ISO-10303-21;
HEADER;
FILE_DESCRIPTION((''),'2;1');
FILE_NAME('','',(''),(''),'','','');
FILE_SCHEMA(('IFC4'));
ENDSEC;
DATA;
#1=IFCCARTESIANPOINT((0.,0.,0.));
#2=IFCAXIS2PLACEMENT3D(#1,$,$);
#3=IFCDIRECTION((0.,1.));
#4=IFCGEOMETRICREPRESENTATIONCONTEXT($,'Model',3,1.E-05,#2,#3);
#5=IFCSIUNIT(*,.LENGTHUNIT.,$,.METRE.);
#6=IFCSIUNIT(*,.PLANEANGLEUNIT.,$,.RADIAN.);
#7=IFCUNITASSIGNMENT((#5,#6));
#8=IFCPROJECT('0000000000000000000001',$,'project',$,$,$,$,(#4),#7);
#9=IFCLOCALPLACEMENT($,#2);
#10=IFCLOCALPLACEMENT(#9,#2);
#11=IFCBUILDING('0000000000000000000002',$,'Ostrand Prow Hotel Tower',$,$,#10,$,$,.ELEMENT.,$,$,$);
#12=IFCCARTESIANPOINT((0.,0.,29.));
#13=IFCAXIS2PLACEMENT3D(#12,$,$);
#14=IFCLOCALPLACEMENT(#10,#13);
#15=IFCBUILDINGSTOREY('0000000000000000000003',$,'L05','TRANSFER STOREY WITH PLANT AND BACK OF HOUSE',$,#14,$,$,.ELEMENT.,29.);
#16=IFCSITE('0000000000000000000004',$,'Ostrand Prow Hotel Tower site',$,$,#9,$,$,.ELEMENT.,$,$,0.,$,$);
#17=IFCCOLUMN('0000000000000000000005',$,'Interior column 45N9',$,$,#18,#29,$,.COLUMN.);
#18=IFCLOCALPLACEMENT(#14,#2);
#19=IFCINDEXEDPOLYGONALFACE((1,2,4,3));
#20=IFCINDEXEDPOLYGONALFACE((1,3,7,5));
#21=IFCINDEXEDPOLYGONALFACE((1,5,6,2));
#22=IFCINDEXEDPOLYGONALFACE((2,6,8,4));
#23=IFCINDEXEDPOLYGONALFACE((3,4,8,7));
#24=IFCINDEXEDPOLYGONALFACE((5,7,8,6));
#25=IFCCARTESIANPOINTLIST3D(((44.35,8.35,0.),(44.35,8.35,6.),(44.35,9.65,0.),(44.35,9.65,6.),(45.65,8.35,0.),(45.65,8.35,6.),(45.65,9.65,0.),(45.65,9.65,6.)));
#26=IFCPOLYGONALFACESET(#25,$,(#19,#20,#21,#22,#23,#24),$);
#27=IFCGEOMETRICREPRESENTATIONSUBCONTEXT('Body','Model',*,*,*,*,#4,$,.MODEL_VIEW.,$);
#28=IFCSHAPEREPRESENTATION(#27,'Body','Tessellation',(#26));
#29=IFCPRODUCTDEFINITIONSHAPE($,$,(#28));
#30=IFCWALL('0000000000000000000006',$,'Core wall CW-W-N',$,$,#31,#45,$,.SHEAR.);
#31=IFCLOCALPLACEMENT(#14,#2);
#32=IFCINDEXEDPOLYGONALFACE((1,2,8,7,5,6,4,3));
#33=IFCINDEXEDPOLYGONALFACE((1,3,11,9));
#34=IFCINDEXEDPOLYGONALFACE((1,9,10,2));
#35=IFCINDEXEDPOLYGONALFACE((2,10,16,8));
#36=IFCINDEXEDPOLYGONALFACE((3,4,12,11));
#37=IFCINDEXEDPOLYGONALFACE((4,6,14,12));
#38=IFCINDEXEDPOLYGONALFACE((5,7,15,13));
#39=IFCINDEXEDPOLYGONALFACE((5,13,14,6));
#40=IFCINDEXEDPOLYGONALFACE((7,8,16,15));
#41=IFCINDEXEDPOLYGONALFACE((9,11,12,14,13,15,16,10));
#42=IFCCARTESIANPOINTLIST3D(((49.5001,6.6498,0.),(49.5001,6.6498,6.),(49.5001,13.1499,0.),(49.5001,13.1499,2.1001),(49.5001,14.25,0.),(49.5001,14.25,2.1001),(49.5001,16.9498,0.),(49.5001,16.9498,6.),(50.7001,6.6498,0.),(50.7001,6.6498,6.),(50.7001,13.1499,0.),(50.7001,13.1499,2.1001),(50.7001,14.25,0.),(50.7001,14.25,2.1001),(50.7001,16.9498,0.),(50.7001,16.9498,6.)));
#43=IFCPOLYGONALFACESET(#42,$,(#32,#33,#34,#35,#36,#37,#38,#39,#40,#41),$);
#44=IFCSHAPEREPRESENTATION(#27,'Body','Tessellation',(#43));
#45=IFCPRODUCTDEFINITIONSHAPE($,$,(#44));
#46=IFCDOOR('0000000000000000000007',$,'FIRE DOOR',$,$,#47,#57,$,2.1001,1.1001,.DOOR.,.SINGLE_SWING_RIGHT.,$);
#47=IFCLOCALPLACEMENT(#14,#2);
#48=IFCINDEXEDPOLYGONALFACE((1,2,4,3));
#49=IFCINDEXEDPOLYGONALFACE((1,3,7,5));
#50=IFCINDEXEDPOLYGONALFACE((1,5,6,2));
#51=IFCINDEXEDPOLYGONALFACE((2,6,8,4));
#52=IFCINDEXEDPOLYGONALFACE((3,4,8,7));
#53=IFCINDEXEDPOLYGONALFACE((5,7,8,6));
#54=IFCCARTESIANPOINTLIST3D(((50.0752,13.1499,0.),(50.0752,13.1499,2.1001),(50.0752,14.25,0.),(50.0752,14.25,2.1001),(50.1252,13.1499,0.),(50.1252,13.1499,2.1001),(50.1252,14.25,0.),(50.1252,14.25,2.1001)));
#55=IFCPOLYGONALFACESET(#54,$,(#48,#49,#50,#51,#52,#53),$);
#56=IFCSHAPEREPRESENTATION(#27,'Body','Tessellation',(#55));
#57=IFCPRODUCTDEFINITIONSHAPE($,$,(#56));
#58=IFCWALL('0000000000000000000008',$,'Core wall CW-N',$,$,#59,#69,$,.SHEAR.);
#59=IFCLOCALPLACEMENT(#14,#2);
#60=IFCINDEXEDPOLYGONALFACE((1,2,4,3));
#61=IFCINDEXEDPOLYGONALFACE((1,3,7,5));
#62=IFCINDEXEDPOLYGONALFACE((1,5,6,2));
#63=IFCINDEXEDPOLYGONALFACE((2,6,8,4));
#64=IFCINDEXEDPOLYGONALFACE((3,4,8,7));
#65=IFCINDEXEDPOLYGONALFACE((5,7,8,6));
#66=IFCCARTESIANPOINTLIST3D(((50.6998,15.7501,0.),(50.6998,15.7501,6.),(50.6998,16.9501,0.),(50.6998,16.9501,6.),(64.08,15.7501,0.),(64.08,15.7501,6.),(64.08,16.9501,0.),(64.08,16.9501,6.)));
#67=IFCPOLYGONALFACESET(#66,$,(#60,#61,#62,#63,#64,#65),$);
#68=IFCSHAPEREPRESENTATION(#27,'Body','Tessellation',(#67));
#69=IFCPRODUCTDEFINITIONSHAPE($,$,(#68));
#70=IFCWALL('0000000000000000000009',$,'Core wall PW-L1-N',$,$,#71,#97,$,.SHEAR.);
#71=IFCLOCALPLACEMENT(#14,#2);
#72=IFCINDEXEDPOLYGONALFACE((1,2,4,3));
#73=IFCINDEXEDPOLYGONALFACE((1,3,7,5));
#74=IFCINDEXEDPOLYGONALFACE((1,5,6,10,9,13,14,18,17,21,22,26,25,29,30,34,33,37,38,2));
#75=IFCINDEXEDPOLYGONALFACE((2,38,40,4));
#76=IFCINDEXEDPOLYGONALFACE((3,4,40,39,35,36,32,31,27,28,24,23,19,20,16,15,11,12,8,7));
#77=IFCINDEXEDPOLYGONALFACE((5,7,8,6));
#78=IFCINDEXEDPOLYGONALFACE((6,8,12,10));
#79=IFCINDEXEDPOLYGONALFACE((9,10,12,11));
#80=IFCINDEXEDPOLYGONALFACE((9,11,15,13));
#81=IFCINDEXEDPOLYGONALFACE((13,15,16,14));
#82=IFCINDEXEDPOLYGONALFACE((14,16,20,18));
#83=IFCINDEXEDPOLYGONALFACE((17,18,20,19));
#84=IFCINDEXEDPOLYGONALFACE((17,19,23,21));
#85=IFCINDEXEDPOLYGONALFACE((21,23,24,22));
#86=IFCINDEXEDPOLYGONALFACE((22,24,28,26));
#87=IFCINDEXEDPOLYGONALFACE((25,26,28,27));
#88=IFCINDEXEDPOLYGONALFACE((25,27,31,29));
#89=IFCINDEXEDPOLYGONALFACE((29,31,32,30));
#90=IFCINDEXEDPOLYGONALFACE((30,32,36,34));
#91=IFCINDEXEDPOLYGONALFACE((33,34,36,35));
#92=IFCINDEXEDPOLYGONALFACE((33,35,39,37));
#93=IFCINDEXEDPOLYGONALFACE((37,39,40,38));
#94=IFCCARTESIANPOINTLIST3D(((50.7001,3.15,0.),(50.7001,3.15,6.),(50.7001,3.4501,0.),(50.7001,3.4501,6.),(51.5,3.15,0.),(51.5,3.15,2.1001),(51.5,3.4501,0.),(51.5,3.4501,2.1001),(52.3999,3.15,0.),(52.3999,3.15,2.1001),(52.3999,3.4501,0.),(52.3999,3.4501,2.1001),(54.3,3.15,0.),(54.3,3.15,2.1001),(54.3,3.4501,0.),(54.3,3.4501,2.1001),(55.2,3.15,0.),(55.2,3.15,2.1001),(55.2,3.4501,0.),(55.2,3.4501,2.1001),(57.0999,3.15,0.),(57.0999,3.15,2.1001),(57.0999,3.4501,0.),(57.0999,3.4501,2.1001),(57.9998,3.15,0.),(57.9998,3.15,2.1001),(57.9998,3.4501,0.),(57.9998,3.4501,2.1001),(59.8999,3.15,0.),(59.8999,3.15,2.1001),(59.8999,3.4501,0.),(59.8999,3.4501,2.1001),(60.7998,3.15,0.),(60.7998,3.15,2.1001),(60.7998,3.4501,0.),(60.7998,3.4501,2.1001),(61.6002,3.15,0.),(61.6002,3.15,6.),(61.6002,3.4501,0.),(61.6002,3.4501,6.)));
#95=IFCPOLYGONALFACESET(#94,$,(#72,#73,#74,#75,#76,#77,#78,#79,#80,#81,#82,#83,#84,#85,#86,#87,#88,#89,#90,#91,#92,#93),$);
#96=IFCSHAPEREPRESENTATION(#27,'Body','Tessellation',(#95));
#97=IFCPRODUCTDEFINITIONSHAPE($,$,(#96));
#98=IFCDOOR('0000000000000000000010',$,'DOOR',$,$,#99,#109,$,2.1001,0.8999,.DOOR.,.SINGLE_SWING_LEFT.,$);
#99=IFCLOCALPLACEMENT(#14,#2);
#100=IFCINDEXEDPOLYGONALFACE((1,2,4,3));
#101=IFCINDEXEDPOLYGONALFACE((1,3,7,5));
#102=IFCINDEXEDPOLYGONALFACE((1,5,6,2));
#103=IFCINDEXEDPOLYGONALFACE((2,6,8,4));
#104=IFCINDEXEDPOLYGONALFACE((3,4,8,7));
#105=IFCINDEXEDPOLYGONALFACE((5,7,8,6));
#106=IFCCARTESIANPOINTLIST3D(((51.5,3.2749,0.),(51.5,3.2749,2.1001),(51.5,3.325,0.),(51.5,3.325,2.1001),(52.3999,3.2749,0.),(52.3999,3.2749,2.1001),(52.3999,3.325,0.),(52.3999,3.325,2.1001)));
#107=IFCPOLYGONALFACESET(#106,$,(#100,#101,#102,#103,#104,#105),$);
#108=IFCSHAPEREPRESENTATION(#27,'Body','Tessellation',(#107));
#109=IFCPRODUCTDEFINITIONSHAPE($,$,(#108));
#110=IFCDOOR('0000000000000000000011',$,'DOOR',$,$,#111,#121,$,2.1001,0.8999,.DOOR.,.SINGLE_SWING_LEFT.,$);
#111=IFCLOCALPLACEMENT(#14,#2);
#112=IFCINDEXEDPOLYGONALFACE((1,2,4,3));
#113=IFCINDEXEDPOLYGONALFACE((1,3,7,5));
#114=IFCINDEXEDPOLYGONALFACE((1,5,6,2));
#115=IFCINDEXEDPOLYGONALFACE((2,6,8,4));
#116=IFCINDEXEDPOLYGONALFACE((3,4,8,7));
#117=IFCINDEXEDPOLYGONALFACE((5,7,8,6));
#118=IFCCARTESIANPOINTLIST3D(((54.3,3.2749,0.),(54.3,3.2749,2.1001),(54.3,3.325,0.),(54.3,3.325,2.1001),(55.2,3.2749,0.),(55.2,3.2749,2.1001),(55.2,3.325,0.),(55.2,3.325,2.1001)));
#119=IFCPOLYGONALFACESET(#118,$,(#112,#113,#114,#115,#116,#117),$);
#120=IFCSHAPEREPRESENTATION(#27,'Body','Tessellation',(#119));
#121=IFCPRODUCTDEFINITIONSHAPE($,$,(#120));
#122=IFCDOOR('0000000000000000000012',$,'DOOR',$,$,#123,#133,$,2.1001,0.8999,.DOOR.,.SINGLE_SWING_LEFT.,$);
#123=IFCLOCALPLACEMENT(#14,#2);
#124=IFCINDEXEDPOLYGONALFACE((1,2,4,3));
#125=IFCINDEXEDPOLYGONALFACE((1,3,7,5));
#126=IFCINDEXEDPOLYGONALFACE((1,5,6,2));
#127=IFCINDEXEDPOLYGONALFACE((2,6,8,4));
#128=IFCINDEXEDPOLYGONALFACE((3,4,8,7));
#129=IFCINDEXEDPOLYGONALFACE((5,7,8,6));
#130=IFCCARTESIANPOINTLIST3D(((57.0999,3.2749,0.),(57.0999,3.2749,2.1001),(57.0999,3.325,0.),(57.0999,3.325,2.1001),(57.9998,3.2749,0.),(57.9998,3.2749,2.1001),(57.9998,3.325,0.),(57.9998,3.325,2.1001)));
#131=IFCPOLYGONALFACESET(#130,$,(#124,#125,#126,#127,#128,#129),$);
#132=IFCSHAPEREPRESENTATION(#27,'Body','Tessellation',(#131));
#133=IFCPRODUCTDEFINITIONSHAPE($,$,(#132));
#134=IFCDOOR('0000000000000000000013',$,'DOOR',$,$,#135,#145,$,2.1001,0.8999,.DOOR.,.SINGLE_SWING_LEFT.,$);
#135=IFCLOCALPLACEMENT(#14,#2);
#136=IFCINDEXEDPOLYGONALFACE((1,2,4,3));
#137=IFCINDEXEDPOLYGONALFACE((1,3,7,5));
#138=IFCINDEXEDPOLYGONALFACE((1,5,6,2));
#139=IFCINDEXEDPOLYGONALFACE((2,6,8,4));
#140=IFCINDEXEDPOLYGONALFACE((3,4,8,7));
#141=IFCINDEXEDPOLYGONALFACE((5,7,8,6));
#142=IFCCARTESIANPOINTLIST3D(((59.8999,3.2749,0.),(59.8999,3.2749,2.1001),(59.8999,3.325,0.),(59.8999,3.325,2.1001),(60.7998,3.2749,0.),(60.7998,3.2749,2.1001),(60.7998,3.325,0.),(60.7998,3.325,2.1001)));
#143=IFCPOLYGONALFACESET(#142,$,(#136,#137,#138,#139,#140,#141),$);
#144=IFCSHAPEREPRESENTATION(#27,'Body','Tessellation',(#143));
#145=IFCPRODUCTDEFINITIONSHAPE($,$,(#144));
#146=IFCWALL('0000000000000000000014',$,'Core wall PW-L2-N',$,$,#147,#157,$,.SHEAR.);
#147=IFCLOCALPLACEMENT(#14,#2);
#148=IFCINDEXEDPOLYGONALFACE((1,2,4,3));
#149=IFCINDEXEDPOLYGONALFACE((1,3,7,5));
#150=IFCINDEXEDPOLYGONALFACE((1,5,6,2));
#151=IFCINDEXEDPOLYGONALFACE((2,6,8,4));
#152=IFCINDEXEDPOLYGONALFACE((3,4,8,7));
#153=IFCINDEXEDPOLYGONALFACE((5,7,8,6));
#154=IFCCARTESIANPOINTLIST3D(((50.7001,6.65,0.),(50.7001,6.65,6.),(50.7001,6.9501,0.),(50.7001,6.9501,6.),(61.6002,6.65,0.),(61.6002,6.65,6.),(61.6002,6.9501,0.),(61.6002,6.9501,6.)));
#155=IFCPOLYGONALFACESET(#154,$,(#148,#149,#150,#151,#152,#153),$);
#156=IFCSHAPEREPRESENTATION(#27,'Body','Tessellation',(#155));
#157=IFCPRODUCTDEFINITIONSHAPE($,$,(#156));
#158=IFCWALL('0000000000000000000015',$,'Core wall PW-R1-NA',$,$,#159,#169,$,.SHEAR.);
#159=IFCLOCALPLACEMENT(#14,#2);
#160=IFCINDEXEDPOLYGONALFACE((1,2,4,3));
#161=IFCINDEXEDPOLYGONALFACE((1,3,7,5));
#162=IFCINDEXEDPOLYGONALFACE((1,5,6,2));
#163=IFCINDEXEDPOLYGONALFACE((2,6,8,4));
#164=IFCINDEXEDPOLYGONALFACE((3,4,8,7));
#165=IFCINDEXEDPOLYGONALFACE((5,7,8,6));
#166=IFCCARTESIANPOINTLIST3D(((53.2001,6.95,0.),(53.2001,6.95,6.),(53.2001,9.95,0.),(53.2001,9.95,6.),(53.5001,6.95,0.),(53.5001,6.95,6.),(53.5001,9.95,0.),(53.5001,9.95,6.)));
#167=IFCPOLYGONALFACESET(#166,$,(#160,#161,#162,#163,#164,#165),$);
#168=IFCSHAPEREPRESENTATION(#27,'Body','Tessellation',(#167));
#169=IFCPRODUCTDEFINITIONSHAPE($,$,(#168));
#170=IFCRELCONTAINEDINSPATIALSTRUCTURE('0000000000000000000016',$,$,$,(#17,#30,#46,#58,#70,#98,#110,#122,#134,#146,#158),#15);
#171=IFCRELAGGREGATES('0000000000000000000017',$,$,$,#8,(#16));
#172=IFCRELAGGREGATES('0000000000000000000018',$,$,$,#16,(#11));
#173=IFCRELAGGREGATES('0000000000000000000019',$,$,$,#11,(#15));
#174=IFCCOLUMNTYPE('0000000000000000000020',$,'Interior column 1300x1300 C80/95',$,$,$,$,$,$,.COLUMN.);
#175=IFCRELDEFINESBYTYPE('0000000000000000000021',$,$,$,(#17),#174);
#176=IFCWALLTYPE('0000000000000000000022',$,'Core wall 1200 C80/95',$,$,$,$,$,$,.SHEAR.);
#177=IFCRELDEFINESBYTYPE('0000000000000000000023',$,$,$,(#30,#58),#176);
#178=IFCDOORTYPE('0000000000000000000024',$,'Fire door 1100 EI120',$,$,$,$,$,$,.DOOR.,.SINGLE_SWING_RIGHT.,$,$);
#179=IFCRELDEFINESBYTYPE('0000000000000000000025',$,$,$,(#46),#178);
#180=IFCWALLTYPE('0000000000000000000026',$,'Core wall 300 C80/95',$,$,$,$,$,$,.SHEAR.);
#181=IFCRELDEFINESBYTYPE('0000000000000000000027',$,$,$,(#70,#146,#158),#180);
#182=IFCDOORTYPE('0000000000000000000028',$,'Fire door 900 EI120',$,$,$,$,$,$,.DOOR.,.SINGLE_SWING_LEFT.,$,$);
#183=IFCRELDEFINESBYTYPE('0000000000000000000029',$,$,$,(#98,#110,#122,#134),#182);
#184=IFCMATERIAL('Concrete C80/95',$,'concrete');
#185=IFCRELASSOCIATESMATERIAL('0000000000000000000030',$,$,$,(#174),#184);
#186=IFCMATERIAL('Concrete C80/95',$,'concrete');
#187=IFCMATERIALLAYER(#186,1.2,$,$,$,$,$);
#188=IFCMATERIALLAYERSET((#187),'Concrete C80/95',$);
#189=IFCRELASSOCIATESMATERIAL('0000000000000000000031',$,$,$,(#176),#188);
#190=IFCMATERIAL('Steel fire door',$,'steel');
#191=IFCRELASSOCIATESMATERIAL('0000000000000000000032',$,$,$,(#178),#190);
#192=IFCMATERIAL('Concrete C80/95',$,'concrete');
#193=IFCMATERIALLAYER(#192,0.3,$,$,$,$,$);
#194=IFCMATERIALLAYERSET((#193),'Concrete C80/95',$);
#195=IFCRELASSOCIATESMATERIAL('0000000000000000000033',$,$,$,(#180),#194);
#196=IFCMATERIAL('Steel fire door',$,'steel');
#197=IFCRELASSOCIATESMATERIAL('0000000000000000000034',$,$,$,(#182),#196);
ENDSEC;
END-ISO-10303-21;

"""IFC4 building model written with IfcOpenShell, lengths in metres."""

from ifc_helpers import new_model, si_unit, direction, frame, frame_2d, origin, origin_2d, place, context, subcontext, project, spatial, rectangle, extrude, material, layer, layer_set, material_profile, profile_set, type_object, element, fill, save


model = new_model("IFC4")

# Units and contexts
model_context = context("Model", 3, precision=1e-05, world=origin(), true_north=direction((0.0, 1.0)))
body_context = subcontext(model_context, "Body", "Model", "MODEL_VIEW")
ifc_project = project(units=[si_unit("LENGTHUNIT", "METRE"), si_unit("PLANEANGLEUNIT", "RADIAN")], contexts=[model_context])

# Site, building, storey
site_placement = place(None, origin())
site = spatial("IfcSite", under=ifc_project, at=site_placement, Name="Ostrand Prow Hotel Tower site", CompositionType="ELEMENT", RefElevation=0.0)
building_placement = place(site_placement, origin())
building = spatial("IfcBuilding", under=site, at=building_placement, Name="Ostrand Prow Hotel Tower", CompositionType="ELEMENT")
storey_placement = place(building_placement, frame((0.0, 0.0, 29.0)))
storey = spatial("IfcBuildingStorey", under=building, at=storey_placement, Name="L05", Description="TRANSFER STOREY WITH PLANT AND BACK OF HOUSE", CompositionType="ELEMENT", Elevation=29.0)

# Column
ifc_material_1 = material(Name="Concrete C80/95", Category="concrete")
ifc_material_profile = material_profile(ifc_material_1, rectangle(XDim=1.3, YDim=1.3, at=origin_2d()), Name="RC 1300x1300")
ifc_profile_set = profile_set([ifc_material_profile], Name="Concrete C80/95")
column_type = type_object("IfcColumnType", Name="Interior column 1300x1300 C80/95", PredefinedType="COLUMN", material=ifc_profile_set)
column_placement = place(storey_placement, frame((45.0, 9.0, 0.0), z_axis=(0.0, 0.0, 1.0), x_axis=(1.0, 0.0, 0.0)))
element("IfcColumn", 1, at=column_placement, inside=storey, type_object=column_type, Name="Interior column 45N9", PredefinedType="COLUMN", context=body_context, shape_type="SweptSolid", body=[
    extrude(rectangle(XDim=1.3, YDim=1.3, at=origin_2d()), origin(), (0.0, 0.0, 1.0), 6.0),
])

# Wall, opening, door
ifc_material_2 = material(Name="Concrete C80/95", Category="concrete")
ifc_layer_1 = layer(ifc_material_2, 1.2)
ifc_layer_set_1 = layer_set([ifc_layer_1], Name="Concrete C80/95")
wall_type_1 = type_object("IfcWallType", Name="Core wall 1200 C80/95", PredefinedType="SHEAR", material=ifc_layer_set_1)
wall_1_placement = place(storey_placement, frame((50.1001, 6.6499, 0.0), z_axis=(0.0, 0.0, 1.0), x_axis=(0.0, 1.0, 0.0)))
wall_1 = element("IfcWall", 2, at=wall_1_placement, inside=storey, type_object=wall_type_1, Name="Core wall CW-W-N", PredefinedType="SHEAR", context=body_context, shape_type="SweptSolid", body=[
    extrude(rectangle(XDim=10.3, YDim=1.2, at=frame_2d((5.1499, 0.0))), origin(), (0.0, 0.0, 1.0), 6.0),
])
opening_1_placement = place(wall_1_placement, frame((6.5, 0.0, 0.0)))
opening_1 = element("IfcOpeningElement", 3, at=opening_1_placement, cuts=wall_1, PredefinedType="OPENING", context=body_context, shape_type="SweptSolid", body=[
    extrude(rectangle(XDim=1.1001, YDim=2.1001, at=frame_2d((0.55, 1.05))), frame((0.0, 0.6099, 0.0), z_axis=(0.0, -1.0, 0.0), x_axis=(1.0, 0.0, 0.0)), (0.0, 0.0, 1.0), 1.22),
])
ifc_material_3 = material(Name="Steel fire door", Category="steel")
door_type_1 = type_object("IfcDoorType", Name="Fire door 1100 EI120", OperationType="SINGLE_SWING_RIGHT", PredefinedType="DOOR", material=ifc_material_3)
door_1_placement = place(opening_1_placement, origin())
door_1 = element("IfcDoor", 4, at=door_1_placement, inside=storey, type_object=door_type_1, Name="FIRE DOOR", OperationType="SINGLE_SWING_RIGHT", OverallHeight=2.1001, OverallWidth=1.1001, PredefinedType="DOOR", context=body_context, shape_type="SweptSolid", body=[
    extrude(rectangle(XDim=1.1001, YDim=2.1001, at=frame_2d((0.55, 1.05))), frame((0.0, 0.0249, 0.0), z_axis=(0.0, -1.0, 0.0), x_axis=(1.0, 0.0, 0.0)), (0.0, 0.0, 1.0), 0.05),
])
fill(opening_1, door_1)

# Wall
wall_2_placement = place(storey_placement, frame((50.7, 16.3501, 0.0), z_axis=(0.0, 0.0, 1.0), x_axis=(1.0, 0.0, 0.0)))
element("IfcWall", 5, at=wall_2_placement, inside=storey, type_object=wall_type_1, Name="Core wall CW-N", PredefinedType="SHEAR", context=body_context, shape_type="SweptSolid", body=[
    extrude(rectangle(XDim=13.3801, YDim=1.2, at=frame_2d((6.6899, 0.0))), origin(), (0.0, 0.0, 1.0), 6.0),
])

# Wall, openings, doors
ifc_material_4 = material(Name="Concrete C80/95", Category="concrete")
ifc_layer_2 = layer(ifc_material_4, 0.3)
ifc_layer_set_2 = layer_set([ifc_layer_2], Name="Concrete C80/95")
wall_type_2 = type_object("IfcWallType", Name="Core wall 300 C80/95", PredefinedType="SHEAR", material=ifc_layer_set_2)
wall_3_placement = place(storey_placement, frame((50.7, 3.3, 0.0), z_axis=(0.0, 0.0, 1.0), x_axis=(1.0, 0.0, 0.0)))
wall_3 = element("IfcWall", 6, at=wall_3_placement, inside=storey, type_object=wall_type_2, Name="Core wall PW-L1-N", PredefinedType="SHEAR", context=body_context, shape_type="SweptSolid", body=[
    extrude(rectangle(XDim=10.9001, YDim=0.3, at=frame_2d((5.4502, 0.0))), origin(), (0.0, 0.0, 1.0), 6.0),
])
opening_2_placement = place(wall_3_placement, frame((0.8, 0.0, 0.0)))
opening_2 = element("IfcOpeningElement", 7, at=opening_2_placement, cuts=wall_3, PredefinedType="OPENING", context=body_context, shape_type="SweptSolid", body=[
    extrude(rectangle(XDim=0.8999, YDim=2.1001, at=frame_2d((0.45, 1.05))), frame((0.0, 0.1599, 0.0), z_axis=(0.0, -1.0, 0.0), x_axis=(1.0, 0.0, 0.0)), (0.0, 0.0, 1.0), 0.3201),
])
opening_3_placement = place(wall_3_placement, frame((3.6001, 0.0, 0.0)))
opening_3 = element("IfcOpeningElement", 8, at=opening_3_placement, cuts=wall_3, PredefinedType="OPENING", context=body_context, shape_type="SweptSolid", body=[
    extrude(rectangle(XDim=0.8999, YDim=2.1001, at=frame_2d((0.45, 1.05))), frame((0.0, 0.1599, 0.0), z_axis=(0.0, -1.0, 0.0), x_axis=(1.0, 0.0, 0.0)), (0.0, 0.0, 1.0), 0.3201),
])
opening_4_placement = place(wall_3_placement, frame((6.3999, 0.0, 0.0)))
opening_4 = element("IfcOpeningElement", 9, at=opening_4_placement, cuts=wall_3, PredefinedType="OPENING", context=body_context, shape_type="SweptSolid", body=[
    extrude(rectangle(XDim=0.8999, YDim=2.1001, at=frame_2d((0.45, 1.05))), frame((0.0, 0.1599, 0.0), z_axis=(0.0, -1.0, 0.0), x_axis=(1.0, 0.0, 0.0)), (0.0, 0.0, 1.0), 0.3201),
])
opening_5_placement = place(wall_3_placement, frame((9.2, 0.0, 0.0)))
opening_5 = element("IfcOpeningElement", 10, at=opening_5_placement, cuts=wall_3, PredefinedType="OPENING", context=body_context, shape_type="SweptSolid", body=[
    extrude(rectangle(XDim=0.8999, YDim=2.1001, at=frame_2d((0.45, 1.05))), frame((0.0, 0.1599, 0.0), z_axis=(0.0, -1.0, 0.0), x_axis=(1.0, 0.0, 0.0)), (0.0, 0.0, 1.0), 0.3201),
])
ifc_material_5 = material(Name="Steel fire door", Category="steel")
door_type_2 = type_object("IfcDoorType", Name="Fire door 900 EI120", OperationType="SINGLE_SWING_LEFT", PredefinedType="DOOR", material=ifc_material_5)
door_2_placement = place(opening_2_placement, origin())
door_2 = element("IfcDoor", 11, at=door_2_placement, inside=storey, type_object=door_type_2, Name="DOOR", OperationType="SINGLE_SWING_LEFT", OverallHeight=2.1001, OverallWidth=0.8999, PredefinedType="DOOR", context=body_context, shape_type="SweptSolid", body=[
    extrude(rectangle(XDim=0.8999, YDim=2.1001, at=frame_2d((0.45, 1.05))), frame((0.0, 0.0249, 0.0), z_axis=(0.0, -1.0, 0.0), x_axis=(1.0, 0.0, 0.0)), (0.0, 0.0, 1.0), 0.05),
])
fill(opening_2, door_2)
door_3_placement = place(opening_3_placement, origin())
door_3 = element("IfcDoor", 12, at=door_3_placement, inside=storey, type_object=door_type_2, Name="DOOR", OperationType="SINGLE_SWING_LEFT", OverallHeight=2.1001, OverallWidth=0.8999, PredefinedType="DOOR", context=body_context, shape_type="SweptSolid", body=[
    extrude(rectangle(XDim=0.8999, YDim=2.1001, at=frame_2d((0.45, 1.05))), frame((0.0, 0.0249, 0.0), z_axis=(0.0, -1.0, 0.0), x_axis=(1.0, 0.0, 0.0)), (0.0, 0.0, 1.0), 0.05),
])
fill(opening_3, door_3)
door_4_placement = place(opening_4_placement, origin())
door_4 = element("IfcDoor", 13, at=door_4_placement, inside=storey, type_object=door_type_2, Name="DOOR", OperationType="SINGLE_SWING_LEFT", OverallHeight=2.1001, OverallWidth=0.8999, PredefinedType="DOOR", context=body_context, shape_type="SweptSolid", body=[
    extrude(rectangle(XDim=0.8999, YDim=2.1001, at=frame_2d((0.45, 1.05))), frame((0.0, 0.0249, 0.0), z_axis=(0.0, -1.0, 0.0), x_axis=(1.0, 0.0, 0.0)), (0.0, 0.0, 1.0), 0.05),
])
fill(opening_4, door_4)
door_5_placement = place(opening_5_placement, origin())
door_5 = element("IfcDoor", 14, at=door_5_placement, inside=storey, type_object=door_type_2, Name="DOOR", OperationType="SINGLE_SWING_LEFT", OverallHeight=2.1001, OverallWidth=0.8999, PredefinedType="DOOR", context=body_context, shape_type="SweptSolid", body=[
    extrude(rectangle(XDim=0.8999, YDim=2.1001, at=frame_2d((0.45, 1.05))), frame((0.0, 0.0249, 0.0), z_axis=(0.0, -1.0, 0.0), x_axis=(1.0, 0.0, 0.0)), (0.0, 0.0, 1.0), 0.05),
])
fill(opening_5, door_5)

# Walls
wall_4_placement = place(storey_placement, frame((50.7, 6.8, 0.0), z_axis=(0.0, 0.0, 1.0), x_axis=(1.0, 0.0, 0.0)))
element("IfcWall", 15, at=wall_4_placement, inside=storey, type_object=wall_type_2, Name="Core wall PW-L2-N", PredefinedType="SHEAR", context=body_context, shape_type="SweptSolid", body=[
    extrude(rectangle(XDim=10.9001, YDim=0.3, at=frame_2d((5.4502, 0.0))), origin(), (0.0, 0.0, 1.0), 6.0),
])
wall_5_placement = place(storey_placement, frame((53.3501, 6.95, 0.0), z_axis=(0.0, 0.0, 1.0), x_axis=(0.0, 1.0, 0.0)))
element("IfcWall", 16, at=wall_5_placement, inside=storey, type_object=wall_type_2, Name="Core wall PW-R1-NA", PredefinedType="SHEAR", context=body_context, shape_type="SweptSolid", body=[
    extrude(rectangle(XDim=3.0, YDim=0.3, at=frame_2d((1.5, 0.0))), origin(), (0.0, 0.0, 1.0), 6.0),
])

save(model, "model.ifc")
